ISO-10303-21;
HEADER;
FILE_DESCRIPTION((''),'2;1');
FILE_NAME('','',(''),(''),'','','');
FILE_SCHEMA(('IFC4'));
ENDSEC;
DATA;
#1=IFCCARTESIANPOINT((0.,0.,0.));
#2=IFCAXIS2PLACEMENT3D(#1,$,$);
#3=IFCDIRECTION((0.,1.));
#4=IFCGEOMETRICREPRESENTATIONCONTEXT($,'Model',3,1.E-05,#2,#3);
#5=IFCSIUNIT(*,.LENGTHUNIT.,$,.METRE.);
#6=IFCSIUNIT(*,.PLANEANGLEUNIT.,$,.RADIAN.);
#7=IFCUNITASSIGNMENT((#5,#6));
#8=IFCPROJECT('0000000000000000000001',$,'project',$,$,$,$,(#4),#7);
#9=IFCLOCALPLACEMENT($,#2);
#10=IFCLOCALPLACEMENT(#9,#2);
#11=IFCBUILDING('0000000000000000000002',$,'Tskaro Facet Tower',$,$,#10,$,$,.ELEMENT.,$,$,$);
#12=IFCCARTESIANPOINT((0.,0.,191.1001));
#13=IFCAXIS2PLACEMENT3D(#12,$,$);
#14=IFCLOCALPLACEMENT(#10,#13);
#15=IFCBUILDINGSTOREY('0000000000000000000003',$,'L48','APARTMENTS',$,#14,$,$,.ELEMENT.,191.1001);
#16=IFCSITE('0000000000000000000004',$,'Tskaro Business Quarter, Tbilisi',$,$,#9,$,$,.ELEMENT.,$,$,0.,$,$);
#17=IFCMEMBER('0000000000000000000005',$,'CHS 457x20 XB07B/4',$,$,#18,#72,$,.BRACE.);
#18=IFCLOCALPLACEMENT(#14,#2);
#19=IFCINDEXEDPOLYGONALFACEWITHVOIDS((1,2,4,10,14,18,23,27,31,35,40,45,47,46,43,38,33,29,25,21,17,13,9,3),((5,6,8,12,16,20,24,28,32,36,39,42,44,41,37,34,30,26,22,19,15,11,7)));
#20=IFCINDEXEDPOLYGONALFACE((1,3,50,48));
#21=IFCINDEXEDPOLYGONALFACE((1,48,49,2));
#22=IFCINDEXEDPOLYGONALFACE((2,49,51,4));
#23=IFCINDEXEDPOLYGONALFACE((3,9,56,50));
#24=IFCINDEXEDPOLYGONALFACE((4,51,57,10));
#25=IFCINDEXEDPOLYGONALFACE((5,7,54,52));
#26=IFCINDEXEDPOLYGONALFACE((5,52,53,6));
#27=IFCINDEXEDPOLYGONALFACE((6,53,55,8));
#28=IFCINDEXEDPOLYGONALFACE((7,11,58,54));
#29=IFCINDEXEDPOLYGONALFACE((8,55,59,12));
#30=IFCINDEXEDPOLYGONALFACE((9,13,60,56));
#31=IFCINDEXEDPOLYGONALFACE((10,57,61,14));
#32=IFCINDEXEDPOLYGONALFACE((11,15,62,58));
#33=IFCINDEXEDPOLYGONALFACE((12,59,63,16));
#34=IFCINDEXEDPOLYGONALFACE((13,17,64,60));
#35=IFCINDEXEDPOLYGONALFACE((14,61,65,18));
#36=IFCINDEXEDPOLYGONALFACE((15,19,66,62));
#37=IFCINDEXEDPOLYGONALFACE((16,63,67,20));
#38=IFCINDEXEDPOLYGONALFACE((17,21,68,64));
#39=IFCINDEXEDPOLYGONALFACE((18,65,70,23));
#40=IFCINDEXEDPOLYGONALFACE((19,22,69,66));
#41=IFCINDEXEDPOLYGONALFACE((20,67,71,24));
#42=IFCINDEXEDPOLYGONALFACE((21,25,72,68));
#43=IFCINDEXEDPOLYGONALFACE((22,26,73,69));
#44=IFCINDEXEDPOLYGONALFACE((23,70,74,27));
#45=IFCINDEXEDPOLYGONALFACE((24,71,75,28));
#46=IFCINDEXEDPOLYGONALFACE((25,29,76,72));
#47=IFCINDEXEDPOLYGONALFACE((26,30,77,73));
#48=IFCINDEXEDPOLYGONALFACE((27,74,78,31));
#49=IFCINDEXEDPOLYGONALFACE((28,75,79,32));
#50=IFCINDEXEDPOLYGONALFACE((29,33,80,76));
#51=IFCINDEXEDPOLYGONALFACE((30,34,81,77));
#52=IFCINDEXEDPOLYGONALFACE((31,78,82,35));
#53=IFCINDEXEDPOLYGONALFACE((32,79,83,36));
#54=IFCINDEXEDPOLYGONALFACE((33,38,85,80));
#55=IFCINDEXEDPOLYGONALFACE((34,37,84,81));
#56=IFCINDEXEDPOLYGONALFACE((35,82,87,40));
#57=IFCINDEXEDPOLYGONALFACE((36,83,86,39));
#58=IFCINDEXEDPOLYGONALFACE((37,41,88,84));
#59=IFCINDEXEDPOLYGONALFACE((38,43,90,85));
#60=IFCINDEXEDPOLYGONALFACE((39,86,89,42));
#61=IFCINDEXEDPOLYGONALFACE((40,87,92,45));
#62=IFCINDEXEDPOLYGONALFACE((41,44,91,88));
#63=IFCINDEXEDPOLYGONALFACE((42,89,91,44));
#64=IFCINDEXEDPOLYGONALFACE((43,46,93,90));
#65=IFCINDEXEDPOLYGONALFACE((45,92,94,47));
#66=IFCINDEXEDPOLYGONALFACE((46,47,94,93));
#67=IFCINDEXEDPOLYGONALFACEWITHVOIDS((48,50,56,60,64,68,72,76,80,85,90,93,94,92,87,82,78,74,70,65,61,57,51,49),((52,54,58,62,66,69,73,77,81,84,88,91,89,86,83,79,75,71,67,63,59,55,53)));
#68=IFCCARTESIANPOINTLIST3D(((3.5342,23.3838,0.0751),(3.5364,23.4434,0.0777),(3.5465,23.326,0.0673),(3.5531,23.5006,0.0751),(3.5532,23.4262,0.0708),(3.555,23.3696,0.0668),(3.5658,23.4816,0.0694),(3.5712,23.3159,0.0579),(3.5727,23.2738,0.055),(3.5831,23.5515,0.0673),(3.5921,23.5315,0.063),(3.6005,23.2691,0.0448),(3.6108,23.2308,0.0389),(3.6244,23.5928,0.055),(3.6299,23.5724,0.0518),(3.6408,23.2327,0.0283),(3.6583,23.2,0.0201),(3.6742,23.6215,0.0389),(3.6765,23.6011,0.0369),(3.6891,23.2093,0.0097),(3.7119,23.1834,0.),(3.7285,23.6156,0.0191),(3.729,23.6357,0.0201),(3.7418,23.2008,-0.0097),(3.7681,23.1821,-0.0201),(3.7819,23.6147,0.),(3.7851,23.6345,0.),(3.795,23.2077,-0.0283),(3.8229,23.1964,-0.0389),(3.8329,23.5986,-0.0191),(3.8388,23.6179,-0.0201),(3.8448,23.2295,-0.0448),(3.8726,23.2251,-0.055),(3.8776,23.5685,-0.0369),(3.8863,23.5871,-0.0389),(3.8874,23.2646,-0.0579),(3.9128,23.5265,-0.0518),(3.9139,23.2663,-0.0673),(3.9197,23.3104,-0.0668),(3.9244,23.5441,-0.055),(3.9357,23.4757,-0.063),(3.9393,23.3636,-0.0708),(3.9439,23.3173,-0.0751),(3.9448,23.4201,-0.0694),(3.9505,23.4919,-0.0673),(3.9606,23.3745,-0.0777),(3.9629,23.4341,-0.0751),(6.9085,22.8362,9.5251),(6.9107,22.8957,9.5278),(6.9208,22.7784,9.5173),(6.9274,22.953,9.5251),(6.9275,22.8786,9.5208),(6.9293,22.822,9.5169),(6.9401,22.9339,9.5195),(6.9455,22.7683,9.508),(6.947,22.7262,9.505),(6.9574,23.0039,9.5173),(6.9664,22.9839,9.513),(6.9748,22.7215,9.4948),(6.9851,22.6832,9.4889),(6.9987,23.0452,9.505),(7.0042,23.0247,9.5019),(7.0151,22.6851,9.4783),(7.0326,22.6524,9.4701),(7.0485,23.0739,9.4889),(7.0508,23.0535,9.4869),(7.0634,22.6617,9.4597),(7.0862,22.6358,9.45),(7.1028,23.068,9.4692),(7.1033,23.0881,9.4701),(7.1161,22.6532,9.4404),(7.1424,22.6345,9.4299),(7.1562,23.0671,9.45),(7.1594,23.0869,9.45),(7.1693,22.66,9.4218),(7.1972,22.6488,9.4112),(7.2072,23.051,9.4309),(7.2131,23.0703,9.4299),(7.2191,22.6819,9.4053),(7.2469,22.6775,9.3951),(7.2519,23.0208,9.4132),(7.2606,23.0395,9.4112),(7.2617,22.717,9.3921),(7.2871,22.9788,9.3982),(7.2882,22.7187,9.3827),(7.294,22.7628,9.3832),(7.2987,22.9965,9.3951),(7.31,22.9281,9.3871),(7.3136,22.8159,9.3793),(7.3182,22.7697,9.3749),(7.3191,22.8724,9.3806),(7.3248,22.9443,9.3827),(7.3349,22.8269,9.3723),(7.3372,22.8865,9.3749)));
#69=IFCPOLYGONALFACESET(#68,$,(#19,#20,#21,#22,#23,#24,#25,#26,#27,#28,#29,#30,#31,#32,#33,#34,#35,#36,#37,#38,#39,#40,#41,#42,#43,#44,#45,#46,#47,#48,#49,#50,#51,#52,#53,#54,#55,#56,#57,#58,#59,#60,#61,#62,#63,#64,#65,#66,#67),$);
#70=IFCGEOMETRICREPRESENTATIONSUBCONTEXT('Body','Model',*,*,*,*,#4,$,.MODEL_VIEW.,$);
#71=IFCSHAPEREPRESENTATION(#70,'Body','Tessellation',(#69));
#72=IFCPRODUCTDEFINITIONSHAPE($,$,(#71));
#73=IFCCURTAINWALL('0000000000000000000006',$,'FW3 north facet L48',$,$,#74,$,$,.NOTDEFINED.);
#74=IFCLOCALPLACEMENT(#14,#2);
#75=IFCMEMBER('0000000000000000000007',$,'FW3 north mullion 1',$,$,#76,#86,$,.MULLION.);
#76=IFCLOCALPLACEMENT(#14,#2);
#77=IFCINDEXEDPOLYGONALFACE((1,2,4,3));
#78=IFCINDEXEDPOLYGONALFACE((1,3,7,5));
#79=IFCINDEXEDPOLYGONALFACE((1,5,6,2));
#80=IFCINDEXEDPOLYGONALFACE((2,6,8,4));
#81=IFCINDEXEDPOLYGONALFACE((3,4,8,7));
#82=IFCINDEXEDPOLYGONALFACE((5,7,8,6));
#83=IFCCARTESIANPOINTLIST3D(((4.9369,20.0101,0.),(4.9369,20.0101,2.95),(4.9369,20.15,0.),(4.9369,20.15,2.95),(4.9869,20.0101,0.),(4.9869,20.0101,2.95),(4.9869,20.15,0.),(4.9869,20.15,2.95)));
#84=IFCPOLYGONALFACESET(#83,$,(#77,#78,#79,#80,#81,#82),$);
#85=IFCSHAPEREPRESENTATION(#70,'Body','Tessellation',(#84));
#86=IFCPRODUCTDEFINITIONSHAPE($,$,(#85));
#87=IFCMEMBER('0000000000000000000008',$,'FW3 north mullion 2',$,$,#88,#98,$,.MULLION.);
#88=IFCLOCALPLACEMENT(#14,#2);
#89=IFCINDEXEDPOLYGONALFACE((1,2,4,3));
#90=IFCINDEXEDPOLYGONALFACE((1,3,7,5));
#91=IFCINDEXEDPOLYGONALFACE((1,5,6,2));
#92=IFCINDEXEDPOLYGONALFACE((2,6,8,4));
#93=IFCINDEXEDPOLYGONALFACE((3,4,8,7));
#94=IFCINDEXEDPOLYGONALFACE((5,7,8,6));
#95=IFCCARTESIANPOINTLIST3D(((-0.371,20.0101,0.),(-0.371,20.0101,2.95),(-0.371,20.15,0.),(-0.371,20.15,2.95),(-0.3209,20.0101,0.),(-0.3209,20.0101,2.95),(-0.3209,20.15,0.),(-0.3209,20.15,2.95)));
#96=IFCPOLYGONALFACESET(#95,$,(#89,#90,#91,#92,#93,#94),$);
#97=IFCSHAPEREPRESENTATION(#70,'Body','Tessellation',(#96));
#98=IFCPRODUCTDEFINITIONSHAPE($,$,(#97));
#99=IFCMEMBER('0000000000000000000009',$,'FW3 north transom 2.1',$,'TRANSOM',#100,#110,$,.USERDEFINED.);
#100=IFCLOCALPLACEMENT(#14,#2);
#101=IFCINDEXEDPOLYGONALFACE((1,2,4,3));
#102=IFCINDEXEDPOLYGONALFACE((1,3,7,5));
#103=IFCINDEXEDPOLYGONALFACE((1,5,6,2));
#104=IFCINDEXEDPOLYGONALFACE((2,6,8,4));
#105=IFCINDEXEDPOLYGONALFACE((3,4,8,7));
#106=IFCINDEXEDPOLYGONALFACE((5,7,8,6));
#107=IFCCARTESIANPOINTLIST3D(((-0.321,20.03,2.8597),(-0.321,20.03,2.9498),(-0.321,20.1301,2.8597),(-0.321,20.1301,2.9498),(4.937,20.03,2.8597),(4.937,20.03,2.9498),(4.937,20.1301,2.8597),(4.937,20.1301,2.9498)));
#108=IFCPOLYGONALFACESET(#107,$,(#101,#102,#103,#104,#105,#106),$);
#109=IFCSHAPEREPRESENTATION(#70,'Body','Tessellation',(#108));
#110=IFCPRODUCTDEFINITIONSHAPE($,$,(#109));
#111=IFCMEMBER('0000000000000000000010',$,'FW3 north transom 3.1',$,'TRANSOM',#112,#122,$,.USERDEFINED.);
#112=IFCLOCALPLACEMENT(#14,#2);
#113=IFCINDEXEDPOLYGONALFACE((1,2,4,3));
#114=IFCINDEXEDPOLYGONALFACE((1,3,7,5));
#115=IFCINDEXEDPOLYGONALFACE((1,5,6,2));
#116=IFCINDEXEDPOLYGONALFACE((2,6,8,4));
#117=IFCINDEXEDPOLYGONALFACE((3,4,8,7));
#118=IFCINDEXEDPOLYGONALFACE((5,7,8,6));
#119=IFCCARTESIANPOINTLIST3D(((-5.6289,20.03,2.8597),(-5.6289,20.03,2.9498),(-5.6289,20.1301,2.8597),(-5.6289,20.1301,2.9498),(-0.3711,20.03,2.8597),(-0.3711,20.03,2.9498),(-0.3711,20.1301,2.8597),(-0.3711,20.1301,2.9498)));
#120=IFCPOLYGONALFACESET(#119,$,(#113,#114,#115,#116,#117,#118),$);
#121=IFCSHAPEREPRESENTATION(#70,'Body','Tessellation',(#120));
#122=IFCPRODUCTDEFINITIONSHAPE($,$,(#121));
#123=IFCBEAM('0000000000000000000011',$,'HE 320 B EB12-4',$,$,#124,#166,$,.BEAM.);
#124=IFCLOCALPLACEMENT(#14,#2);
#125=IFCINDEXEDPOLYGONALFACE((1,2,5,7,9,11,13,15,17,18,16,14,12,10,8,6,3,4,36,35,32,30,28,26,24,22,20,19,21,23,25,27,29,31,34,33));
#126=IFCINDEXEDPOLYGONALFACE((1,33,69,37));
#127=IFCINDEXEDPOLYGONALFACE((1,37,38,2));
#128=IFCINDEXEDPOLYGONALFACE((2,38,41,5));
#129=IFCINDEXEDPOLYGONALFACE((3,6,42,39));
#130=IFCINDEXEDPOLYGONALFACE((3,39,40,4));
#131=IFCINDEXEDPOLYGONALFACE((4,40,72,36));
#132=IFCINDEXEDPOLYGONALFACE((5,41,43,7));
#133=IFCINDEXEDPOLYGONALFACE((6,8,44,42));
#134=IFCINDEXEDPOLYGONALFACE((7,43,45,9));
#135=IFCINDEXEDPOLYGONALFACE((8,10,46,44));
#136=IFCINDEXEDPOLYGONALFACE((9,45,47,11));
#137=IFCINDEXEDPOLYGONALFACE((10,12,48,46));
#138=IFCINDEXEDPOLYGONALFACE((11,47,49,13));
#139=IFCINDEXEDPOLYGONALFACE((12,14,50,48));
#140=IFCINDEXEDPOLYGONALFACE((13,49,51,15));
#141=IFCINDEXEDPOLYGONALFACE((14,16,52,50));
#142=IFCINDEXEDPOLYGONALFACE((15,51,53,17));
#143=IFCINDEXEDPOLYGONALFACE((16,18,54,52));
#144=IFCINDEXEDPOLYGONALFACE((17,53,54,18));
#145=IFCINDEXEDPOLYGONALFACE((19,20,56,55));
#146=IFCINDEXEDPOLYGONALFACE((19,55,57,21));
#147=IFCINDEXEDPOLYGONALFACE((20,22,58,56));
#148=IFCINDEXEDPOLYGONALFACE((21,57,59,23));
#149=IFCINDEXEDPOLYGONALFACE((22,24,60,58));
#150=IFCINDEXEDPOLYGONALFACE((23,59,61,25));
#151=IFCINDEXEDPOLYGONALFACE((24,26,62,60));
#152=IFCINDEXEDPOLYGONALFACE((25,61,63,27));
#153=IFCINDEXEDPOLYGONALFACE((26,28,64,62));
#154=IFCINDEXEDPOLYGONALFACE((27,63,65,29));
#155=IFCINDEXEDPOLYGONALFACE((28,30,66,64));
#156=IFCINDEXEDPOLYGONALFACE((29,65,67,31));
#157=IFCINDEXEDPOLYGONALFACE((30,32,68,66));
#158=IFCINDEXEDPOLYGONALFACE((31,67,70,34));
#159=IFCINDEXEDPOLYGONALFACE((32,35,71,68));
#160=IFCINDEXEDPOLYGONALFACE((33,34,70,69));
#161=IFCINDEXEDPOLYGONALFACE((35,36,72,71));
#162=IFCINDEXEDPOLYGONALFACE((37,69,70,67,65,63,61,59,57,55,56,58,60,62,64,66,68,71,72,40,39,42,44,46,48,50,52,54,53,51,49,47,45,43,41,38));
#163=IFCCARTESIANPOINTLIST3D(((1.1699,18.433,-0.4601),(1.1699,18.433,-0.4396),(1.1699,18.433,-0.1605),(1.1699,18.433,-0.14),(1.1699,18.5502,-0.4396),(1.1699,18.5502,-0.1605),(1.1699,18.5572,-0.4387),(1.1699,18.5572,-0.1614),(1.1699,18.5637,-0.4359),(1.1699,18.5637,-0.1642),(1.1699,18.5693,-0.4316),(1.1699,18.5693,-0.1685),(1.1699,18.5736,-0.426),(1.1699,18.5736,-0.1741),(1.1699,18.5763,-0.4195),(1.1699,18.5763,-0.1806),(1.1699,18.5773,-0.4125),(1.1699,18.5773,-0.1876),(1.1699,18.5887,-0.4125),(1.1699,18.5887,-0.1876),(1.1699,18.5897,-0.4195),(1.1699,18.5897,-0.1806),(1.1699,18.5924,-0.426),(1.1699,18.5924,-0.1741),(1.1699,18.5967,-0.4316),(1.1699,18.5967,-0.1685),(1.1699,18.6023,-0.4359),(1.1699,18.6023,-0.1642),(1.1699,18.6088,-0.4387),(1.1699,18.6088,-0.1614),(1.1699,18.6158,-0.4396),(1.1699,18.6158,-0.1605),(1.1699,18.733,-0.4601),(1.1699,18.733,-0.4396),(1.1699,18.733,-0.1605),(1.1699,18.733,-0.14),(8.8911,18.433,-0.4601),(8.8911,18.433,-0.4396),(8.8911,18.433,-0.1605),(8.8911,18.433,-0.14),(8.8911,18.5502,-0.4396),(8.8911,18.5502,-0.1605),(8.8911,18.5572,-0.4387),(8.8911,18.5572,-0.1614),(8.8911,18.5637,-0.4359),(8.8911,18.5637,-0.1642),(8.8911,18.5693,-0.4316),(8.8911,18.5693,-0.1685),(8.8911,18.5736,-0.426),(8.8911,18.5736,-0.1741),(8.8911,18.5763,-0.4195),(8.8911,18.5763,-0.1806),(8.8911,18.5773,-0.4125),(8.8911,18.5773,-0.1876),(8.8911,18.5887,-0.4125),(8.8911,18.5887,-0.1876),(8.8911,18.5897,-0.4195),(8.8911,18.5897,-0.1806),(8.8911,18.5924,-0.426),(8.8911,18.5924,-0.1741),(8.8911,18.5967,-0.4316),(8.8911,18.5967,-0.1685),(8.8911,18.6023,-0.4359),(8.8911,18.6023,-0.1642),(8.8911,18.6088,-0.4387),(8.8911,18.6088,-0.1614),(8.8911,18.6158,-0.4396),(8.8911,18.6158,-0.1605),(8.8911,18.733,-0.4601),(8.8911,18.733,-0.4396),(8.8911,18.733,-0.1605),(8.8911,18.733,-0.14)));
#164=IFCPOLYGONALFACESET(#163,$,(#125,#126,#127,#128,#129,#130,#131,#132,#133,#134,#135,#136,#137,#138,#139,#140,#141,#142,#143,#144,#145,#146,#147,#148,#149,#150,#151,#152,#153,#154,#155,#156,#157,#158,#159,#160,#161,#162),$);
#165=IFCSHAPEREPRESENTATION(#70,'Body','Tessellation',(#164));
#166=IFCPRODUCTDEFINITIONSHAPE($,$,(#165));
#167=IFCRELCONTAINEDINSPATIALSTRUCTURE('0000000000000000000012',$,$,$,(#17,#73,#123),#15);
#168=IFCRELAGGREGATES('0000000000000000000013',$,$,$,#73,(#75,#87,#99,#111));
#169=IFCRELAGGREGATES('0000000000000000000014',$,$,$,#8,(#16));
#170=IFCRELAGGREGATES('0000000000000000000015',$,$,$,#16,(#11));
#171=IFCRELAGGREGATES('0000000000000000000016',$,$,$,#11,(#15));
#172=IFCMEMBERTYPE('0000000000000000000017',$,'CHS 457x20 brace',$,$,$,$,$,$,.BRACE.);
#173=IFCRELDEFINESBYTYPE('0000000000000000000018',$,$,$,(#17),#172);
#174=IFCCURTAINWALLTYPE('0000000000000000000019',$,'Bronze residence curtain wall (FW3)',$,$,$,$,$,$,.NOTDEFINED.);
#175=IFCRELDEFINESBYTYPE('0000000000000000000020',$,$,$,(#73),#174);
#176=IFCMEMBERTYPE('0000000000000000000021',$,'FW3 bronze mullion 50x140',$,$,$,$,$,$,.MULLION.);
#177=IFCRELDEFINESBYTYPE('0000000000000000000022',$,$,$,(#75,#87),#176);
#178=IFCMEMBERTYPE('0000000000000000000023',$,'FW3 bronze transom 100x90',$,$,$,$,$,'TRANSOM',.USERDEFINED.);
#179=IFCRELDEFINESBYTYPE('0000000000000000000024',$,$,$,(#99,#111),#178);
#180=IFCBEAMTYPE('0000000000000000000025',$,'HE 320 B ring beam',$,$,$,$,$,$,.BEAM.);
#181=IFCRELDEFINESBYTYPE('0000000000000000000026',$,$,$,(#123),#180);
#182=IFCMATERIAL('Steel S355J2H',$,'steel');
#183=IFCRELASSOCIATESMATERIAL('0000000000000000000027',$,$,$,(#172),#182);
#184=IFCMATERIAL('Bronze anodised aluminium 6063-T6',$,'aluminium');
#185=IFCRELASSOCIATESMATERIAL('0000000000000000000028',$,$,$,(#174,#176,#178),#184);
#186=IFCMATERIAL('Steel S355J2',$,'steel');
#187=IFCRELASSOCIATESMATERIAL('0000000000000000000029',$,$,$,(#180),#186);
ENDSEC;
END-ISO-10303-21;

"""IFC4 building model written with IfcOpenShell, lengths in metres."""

from ifc_helpers import new_model, si_unit, direction, frame, origin, origin_2d, place, context, subcontext, project, spatial, rectangle, hollow_circle, i_section, extrude, material, material_profile, profile_set, type_object, element, aggregate, save


model = new_model("IFC4")

# Units and contexts
model_context = context("Model", 3, precision=1e-05, world=origin(), true_north=direction((0.0, 1.0)))
body_context = subcontext(model_context, "Body", "Model", "MODEL_VIEW")
ifc_project = project(units=[si_unit("LENGTHUNIT", "METRE"), si_unit("PLANEANGLEUNIT", "RADIAN")], contexts=[model_context])

# Site, building, storey
site_placement = place(None, origin())
site = spatial("IfcSite", under=ifc_project, at=site_placement, Name="Tskaro Business Quarter, Tbilisi", CompositionType="ELEMENT", RefElevation=0.0)
building_placement = place(site_placement, origin())
building = spatial("IfcBuilding", under=site, at=building_placement, Name="Tskaro Facet Tower", CompositionType="ELEMENT")
storey_placement = place(building_placement, frame((0.0, 0.0, 191.1001)))
storey = spatial("IfcBuildingStorey", under=building, at=storey_placement, Name="L48", Description="APARTMENTS", CompositionType="ELEMENT", Elevation=191.1001)

# Shared definitions
ifc_material_1 = material(Name="Steel S355J2H", Category="steel")

# Member
ifc_material_profile_1 = material_profile(ifc_material_1, hollow_circle(Radius=0.2285, WallThickness=0.02, at=origin_2d()), Name="CHS 457x20")
ifc_profile_set_1 = profile_set([ifc_material_profile_1], Name="Steel S355J2H")
member_type_1 = type_object("IfcMemberType", Name="CHS 457x20 brace", PredefinedType="BRACE", material=ifc_profile_set_1)
member_1_placement = place(storey_placement, frame((3.7485, 23.4089, 0.0), z_axis=(0.335774, -0.054492, 0.940365), x_axis=(0.160193, 0.987086, 0.0)))
element("IfcMember", 1, at=member_1_placement, inside=storey, type_object=member_type_1, Name="CHS 457x20 XB07B/4", PredefinedType="BRACE", context=body_context, shape_type="SweptSolid", body=[
    extrude(hollow_circle(Radius=0.2285, WallThickness=0.02, at=origin_2d()), origin(), (0.0, 0.0, 1.0), 10.0493),
])

# Curtain wall, members
ifc_material_2 = material(Name="Bronze anodised aluminium 6063-T6", Category="aluminium")
curtain_wall_type = type_object("IfcCurtainWallType", Name="Bronze residence curtain wall (FW3)", PredefinedType="NOTDEFINED", material=ifc_material_2)
curtain_wall_placement = place(storey_placement, origin())
curtain_wall = element("IfcCurtainWall", 2, at=curtain_wall_placement, inside=storey, type_object=curtain_wall_type, Name="FW3 north facet L48", PredefinedType="NOTDEFINED")
ifc_material_profile_2 = material_profile(ifc_material_2, rectangle(XDim=0.05, YDim=0.1399, at=origin_2d()), Name="Mullion 50x140")
ifc_profile_set_2 = profile_set([ifc_material_profile_2], Name="Bronze anodised aluminium 6063-T6")
member_type_2 = type_object("IfcMemberType", Name="FW3 bronze mullion 50x140", PredefinedType="MULLION", material=ifc_profile_set_2)
member_2_placement = place(storey_placement, frame((4.9619, 20.0801, 0.0), z_axis=(0.0, 0.0, 1.0), x_axis=(-1.0, 0.0, 0.0)))
member_2 = element("IfcMember", 3, at=member_2_placement, type_object=member_type_2, Name="FW3 north mullion 1", PredefinedType="MULLION", context=body_context, shape_type="SweptSolid", body=[
    extrude(rectangle(XDim=0.05, YDim=0.1399, at=origin_2d()), origin(), (0.0, 0.0, 1.0), 2.95),
])
member_3_placement = place(storey_placement, frame((-0.3459, 20.0801, 0.0), z_axis=(0.0, 0.0, 1.0), x_axis=(-1.0, 0.0, 0.0)))
member_3 = element("IfcMember", 4, at=member_3_placement, type_object=member_type_2, Name="FW3 north mullion 2", PredefinedType="MULLION", context=body_context, shape_type="SweptSolid", body=[
    extrude(rectangle(XDim=0.05, YDim=0.1399, at=origin_2d()), origin(), (0.0, 0.0, 1.0), 2.95),
])
ifc_material_profile_3 = material_profile(ifc_material_2, rectangle(XDim=0.1001, YDim=0.0901, at=origin_2d()), Name="Transom 100x90")
ifc_profile_set_3 = profile_set([ifc_material_profile_3], Name="Bronze anodised aluminium 6063-T6")
member_type_3 = type_object("IfcMemberType", Name="FW3 bronze transom 100x90", ElementType="TRANSOM", PredefinedType="USERDEFINED", material=ifc_profile_set_3)
member_4_placement = place(storey_placement, frame((4.937, 20.0801, 2.9048), z_axis=(-1.0, 0.0, 0.0), x_axis=(0.0, -1.0, 0.0)))
member_4 = element("IfcMember", 5, at=member_4_placement, type_object=member_type_3, Name="FW3 north transom 2.1", ObjectType="TRANSOM", PredefinedType="USERDEFINED", context=body_context, shape_type="SweptSolid", body=[
    extrude(rectangle(XDim=0.1001, YDim=0.0901, at=origin_2d()), origin(), (0.0, 0.0, 1.0), 5.2581),
])
member_5_placement = place(storey_placement, frame((-0.3711, 20.0801, 2.9048), z_axis=(-1.0, 0.0, 0.0), x_axis=(0.0, -1.0, 0.0)))
member_5 = element("IfcMember", 6, at=member_5_placement, type_object=member_type_3, Name="FW3 north transom 3.1", ObjectType="TRANSOM", PredefinedType="USERDEFINED", context=body_context, shape_type="SweptSolid", body=[
    extrude(rectangle(XDim=0.1001, YDim=0.0901, at=origin_2d()), origin(), (0.0, 0.0, 1.0), 5.2578),
])

# Beam
ifc_material_3 = material(Name="Steel S355J2", Category="steel")
ifc_material_profile_4 = material_profile(ifc_material_3, i_section(OverallWidth=0.3, OverallDepth=0.3201, WebThickness=0.0115, FlangeThickness=0.0205, FilletRadius=0.0271, at=origin_2d()), Name="HE 320 B")
ifc_profile_set_4 = profile_set([ifc_material_profile_4], Name="Steel S355J2")
beam_type_1 = type_object("IfcBeamType", Name="HE 320 B ring beam", PredefinedType="BEAM", material=ifc_profile_set_4)
beam_1_placement = place(storey_placement, frame((8.8911, 18.583, -0.3), z_axis=(-1.0, 0.0, 0.0), x_axis=(0.0, -1.0, 0.0)))
element("IfcBeam", 7, at=beam_1_placement, inside=storey, type_object=beam_type_1, Name="HE 320 B EB12-4", PredefinedType="BEAM", context=body_context, shape_type="SweptSolid", body=[
    extrude(i_section(OverallWidth=0.3, OverallDepth=0.3201, WebThickness=0.0115, FlangeThickness=0.0205, FilletRadius=0.0271, at=origin_2d()), origin(), (0.0, 0.0, 1.0), 7.7212),
])

aggregate(curtain_wall, [member_2, member_3, member_4, member_5])

save(model, "model.ifc")
